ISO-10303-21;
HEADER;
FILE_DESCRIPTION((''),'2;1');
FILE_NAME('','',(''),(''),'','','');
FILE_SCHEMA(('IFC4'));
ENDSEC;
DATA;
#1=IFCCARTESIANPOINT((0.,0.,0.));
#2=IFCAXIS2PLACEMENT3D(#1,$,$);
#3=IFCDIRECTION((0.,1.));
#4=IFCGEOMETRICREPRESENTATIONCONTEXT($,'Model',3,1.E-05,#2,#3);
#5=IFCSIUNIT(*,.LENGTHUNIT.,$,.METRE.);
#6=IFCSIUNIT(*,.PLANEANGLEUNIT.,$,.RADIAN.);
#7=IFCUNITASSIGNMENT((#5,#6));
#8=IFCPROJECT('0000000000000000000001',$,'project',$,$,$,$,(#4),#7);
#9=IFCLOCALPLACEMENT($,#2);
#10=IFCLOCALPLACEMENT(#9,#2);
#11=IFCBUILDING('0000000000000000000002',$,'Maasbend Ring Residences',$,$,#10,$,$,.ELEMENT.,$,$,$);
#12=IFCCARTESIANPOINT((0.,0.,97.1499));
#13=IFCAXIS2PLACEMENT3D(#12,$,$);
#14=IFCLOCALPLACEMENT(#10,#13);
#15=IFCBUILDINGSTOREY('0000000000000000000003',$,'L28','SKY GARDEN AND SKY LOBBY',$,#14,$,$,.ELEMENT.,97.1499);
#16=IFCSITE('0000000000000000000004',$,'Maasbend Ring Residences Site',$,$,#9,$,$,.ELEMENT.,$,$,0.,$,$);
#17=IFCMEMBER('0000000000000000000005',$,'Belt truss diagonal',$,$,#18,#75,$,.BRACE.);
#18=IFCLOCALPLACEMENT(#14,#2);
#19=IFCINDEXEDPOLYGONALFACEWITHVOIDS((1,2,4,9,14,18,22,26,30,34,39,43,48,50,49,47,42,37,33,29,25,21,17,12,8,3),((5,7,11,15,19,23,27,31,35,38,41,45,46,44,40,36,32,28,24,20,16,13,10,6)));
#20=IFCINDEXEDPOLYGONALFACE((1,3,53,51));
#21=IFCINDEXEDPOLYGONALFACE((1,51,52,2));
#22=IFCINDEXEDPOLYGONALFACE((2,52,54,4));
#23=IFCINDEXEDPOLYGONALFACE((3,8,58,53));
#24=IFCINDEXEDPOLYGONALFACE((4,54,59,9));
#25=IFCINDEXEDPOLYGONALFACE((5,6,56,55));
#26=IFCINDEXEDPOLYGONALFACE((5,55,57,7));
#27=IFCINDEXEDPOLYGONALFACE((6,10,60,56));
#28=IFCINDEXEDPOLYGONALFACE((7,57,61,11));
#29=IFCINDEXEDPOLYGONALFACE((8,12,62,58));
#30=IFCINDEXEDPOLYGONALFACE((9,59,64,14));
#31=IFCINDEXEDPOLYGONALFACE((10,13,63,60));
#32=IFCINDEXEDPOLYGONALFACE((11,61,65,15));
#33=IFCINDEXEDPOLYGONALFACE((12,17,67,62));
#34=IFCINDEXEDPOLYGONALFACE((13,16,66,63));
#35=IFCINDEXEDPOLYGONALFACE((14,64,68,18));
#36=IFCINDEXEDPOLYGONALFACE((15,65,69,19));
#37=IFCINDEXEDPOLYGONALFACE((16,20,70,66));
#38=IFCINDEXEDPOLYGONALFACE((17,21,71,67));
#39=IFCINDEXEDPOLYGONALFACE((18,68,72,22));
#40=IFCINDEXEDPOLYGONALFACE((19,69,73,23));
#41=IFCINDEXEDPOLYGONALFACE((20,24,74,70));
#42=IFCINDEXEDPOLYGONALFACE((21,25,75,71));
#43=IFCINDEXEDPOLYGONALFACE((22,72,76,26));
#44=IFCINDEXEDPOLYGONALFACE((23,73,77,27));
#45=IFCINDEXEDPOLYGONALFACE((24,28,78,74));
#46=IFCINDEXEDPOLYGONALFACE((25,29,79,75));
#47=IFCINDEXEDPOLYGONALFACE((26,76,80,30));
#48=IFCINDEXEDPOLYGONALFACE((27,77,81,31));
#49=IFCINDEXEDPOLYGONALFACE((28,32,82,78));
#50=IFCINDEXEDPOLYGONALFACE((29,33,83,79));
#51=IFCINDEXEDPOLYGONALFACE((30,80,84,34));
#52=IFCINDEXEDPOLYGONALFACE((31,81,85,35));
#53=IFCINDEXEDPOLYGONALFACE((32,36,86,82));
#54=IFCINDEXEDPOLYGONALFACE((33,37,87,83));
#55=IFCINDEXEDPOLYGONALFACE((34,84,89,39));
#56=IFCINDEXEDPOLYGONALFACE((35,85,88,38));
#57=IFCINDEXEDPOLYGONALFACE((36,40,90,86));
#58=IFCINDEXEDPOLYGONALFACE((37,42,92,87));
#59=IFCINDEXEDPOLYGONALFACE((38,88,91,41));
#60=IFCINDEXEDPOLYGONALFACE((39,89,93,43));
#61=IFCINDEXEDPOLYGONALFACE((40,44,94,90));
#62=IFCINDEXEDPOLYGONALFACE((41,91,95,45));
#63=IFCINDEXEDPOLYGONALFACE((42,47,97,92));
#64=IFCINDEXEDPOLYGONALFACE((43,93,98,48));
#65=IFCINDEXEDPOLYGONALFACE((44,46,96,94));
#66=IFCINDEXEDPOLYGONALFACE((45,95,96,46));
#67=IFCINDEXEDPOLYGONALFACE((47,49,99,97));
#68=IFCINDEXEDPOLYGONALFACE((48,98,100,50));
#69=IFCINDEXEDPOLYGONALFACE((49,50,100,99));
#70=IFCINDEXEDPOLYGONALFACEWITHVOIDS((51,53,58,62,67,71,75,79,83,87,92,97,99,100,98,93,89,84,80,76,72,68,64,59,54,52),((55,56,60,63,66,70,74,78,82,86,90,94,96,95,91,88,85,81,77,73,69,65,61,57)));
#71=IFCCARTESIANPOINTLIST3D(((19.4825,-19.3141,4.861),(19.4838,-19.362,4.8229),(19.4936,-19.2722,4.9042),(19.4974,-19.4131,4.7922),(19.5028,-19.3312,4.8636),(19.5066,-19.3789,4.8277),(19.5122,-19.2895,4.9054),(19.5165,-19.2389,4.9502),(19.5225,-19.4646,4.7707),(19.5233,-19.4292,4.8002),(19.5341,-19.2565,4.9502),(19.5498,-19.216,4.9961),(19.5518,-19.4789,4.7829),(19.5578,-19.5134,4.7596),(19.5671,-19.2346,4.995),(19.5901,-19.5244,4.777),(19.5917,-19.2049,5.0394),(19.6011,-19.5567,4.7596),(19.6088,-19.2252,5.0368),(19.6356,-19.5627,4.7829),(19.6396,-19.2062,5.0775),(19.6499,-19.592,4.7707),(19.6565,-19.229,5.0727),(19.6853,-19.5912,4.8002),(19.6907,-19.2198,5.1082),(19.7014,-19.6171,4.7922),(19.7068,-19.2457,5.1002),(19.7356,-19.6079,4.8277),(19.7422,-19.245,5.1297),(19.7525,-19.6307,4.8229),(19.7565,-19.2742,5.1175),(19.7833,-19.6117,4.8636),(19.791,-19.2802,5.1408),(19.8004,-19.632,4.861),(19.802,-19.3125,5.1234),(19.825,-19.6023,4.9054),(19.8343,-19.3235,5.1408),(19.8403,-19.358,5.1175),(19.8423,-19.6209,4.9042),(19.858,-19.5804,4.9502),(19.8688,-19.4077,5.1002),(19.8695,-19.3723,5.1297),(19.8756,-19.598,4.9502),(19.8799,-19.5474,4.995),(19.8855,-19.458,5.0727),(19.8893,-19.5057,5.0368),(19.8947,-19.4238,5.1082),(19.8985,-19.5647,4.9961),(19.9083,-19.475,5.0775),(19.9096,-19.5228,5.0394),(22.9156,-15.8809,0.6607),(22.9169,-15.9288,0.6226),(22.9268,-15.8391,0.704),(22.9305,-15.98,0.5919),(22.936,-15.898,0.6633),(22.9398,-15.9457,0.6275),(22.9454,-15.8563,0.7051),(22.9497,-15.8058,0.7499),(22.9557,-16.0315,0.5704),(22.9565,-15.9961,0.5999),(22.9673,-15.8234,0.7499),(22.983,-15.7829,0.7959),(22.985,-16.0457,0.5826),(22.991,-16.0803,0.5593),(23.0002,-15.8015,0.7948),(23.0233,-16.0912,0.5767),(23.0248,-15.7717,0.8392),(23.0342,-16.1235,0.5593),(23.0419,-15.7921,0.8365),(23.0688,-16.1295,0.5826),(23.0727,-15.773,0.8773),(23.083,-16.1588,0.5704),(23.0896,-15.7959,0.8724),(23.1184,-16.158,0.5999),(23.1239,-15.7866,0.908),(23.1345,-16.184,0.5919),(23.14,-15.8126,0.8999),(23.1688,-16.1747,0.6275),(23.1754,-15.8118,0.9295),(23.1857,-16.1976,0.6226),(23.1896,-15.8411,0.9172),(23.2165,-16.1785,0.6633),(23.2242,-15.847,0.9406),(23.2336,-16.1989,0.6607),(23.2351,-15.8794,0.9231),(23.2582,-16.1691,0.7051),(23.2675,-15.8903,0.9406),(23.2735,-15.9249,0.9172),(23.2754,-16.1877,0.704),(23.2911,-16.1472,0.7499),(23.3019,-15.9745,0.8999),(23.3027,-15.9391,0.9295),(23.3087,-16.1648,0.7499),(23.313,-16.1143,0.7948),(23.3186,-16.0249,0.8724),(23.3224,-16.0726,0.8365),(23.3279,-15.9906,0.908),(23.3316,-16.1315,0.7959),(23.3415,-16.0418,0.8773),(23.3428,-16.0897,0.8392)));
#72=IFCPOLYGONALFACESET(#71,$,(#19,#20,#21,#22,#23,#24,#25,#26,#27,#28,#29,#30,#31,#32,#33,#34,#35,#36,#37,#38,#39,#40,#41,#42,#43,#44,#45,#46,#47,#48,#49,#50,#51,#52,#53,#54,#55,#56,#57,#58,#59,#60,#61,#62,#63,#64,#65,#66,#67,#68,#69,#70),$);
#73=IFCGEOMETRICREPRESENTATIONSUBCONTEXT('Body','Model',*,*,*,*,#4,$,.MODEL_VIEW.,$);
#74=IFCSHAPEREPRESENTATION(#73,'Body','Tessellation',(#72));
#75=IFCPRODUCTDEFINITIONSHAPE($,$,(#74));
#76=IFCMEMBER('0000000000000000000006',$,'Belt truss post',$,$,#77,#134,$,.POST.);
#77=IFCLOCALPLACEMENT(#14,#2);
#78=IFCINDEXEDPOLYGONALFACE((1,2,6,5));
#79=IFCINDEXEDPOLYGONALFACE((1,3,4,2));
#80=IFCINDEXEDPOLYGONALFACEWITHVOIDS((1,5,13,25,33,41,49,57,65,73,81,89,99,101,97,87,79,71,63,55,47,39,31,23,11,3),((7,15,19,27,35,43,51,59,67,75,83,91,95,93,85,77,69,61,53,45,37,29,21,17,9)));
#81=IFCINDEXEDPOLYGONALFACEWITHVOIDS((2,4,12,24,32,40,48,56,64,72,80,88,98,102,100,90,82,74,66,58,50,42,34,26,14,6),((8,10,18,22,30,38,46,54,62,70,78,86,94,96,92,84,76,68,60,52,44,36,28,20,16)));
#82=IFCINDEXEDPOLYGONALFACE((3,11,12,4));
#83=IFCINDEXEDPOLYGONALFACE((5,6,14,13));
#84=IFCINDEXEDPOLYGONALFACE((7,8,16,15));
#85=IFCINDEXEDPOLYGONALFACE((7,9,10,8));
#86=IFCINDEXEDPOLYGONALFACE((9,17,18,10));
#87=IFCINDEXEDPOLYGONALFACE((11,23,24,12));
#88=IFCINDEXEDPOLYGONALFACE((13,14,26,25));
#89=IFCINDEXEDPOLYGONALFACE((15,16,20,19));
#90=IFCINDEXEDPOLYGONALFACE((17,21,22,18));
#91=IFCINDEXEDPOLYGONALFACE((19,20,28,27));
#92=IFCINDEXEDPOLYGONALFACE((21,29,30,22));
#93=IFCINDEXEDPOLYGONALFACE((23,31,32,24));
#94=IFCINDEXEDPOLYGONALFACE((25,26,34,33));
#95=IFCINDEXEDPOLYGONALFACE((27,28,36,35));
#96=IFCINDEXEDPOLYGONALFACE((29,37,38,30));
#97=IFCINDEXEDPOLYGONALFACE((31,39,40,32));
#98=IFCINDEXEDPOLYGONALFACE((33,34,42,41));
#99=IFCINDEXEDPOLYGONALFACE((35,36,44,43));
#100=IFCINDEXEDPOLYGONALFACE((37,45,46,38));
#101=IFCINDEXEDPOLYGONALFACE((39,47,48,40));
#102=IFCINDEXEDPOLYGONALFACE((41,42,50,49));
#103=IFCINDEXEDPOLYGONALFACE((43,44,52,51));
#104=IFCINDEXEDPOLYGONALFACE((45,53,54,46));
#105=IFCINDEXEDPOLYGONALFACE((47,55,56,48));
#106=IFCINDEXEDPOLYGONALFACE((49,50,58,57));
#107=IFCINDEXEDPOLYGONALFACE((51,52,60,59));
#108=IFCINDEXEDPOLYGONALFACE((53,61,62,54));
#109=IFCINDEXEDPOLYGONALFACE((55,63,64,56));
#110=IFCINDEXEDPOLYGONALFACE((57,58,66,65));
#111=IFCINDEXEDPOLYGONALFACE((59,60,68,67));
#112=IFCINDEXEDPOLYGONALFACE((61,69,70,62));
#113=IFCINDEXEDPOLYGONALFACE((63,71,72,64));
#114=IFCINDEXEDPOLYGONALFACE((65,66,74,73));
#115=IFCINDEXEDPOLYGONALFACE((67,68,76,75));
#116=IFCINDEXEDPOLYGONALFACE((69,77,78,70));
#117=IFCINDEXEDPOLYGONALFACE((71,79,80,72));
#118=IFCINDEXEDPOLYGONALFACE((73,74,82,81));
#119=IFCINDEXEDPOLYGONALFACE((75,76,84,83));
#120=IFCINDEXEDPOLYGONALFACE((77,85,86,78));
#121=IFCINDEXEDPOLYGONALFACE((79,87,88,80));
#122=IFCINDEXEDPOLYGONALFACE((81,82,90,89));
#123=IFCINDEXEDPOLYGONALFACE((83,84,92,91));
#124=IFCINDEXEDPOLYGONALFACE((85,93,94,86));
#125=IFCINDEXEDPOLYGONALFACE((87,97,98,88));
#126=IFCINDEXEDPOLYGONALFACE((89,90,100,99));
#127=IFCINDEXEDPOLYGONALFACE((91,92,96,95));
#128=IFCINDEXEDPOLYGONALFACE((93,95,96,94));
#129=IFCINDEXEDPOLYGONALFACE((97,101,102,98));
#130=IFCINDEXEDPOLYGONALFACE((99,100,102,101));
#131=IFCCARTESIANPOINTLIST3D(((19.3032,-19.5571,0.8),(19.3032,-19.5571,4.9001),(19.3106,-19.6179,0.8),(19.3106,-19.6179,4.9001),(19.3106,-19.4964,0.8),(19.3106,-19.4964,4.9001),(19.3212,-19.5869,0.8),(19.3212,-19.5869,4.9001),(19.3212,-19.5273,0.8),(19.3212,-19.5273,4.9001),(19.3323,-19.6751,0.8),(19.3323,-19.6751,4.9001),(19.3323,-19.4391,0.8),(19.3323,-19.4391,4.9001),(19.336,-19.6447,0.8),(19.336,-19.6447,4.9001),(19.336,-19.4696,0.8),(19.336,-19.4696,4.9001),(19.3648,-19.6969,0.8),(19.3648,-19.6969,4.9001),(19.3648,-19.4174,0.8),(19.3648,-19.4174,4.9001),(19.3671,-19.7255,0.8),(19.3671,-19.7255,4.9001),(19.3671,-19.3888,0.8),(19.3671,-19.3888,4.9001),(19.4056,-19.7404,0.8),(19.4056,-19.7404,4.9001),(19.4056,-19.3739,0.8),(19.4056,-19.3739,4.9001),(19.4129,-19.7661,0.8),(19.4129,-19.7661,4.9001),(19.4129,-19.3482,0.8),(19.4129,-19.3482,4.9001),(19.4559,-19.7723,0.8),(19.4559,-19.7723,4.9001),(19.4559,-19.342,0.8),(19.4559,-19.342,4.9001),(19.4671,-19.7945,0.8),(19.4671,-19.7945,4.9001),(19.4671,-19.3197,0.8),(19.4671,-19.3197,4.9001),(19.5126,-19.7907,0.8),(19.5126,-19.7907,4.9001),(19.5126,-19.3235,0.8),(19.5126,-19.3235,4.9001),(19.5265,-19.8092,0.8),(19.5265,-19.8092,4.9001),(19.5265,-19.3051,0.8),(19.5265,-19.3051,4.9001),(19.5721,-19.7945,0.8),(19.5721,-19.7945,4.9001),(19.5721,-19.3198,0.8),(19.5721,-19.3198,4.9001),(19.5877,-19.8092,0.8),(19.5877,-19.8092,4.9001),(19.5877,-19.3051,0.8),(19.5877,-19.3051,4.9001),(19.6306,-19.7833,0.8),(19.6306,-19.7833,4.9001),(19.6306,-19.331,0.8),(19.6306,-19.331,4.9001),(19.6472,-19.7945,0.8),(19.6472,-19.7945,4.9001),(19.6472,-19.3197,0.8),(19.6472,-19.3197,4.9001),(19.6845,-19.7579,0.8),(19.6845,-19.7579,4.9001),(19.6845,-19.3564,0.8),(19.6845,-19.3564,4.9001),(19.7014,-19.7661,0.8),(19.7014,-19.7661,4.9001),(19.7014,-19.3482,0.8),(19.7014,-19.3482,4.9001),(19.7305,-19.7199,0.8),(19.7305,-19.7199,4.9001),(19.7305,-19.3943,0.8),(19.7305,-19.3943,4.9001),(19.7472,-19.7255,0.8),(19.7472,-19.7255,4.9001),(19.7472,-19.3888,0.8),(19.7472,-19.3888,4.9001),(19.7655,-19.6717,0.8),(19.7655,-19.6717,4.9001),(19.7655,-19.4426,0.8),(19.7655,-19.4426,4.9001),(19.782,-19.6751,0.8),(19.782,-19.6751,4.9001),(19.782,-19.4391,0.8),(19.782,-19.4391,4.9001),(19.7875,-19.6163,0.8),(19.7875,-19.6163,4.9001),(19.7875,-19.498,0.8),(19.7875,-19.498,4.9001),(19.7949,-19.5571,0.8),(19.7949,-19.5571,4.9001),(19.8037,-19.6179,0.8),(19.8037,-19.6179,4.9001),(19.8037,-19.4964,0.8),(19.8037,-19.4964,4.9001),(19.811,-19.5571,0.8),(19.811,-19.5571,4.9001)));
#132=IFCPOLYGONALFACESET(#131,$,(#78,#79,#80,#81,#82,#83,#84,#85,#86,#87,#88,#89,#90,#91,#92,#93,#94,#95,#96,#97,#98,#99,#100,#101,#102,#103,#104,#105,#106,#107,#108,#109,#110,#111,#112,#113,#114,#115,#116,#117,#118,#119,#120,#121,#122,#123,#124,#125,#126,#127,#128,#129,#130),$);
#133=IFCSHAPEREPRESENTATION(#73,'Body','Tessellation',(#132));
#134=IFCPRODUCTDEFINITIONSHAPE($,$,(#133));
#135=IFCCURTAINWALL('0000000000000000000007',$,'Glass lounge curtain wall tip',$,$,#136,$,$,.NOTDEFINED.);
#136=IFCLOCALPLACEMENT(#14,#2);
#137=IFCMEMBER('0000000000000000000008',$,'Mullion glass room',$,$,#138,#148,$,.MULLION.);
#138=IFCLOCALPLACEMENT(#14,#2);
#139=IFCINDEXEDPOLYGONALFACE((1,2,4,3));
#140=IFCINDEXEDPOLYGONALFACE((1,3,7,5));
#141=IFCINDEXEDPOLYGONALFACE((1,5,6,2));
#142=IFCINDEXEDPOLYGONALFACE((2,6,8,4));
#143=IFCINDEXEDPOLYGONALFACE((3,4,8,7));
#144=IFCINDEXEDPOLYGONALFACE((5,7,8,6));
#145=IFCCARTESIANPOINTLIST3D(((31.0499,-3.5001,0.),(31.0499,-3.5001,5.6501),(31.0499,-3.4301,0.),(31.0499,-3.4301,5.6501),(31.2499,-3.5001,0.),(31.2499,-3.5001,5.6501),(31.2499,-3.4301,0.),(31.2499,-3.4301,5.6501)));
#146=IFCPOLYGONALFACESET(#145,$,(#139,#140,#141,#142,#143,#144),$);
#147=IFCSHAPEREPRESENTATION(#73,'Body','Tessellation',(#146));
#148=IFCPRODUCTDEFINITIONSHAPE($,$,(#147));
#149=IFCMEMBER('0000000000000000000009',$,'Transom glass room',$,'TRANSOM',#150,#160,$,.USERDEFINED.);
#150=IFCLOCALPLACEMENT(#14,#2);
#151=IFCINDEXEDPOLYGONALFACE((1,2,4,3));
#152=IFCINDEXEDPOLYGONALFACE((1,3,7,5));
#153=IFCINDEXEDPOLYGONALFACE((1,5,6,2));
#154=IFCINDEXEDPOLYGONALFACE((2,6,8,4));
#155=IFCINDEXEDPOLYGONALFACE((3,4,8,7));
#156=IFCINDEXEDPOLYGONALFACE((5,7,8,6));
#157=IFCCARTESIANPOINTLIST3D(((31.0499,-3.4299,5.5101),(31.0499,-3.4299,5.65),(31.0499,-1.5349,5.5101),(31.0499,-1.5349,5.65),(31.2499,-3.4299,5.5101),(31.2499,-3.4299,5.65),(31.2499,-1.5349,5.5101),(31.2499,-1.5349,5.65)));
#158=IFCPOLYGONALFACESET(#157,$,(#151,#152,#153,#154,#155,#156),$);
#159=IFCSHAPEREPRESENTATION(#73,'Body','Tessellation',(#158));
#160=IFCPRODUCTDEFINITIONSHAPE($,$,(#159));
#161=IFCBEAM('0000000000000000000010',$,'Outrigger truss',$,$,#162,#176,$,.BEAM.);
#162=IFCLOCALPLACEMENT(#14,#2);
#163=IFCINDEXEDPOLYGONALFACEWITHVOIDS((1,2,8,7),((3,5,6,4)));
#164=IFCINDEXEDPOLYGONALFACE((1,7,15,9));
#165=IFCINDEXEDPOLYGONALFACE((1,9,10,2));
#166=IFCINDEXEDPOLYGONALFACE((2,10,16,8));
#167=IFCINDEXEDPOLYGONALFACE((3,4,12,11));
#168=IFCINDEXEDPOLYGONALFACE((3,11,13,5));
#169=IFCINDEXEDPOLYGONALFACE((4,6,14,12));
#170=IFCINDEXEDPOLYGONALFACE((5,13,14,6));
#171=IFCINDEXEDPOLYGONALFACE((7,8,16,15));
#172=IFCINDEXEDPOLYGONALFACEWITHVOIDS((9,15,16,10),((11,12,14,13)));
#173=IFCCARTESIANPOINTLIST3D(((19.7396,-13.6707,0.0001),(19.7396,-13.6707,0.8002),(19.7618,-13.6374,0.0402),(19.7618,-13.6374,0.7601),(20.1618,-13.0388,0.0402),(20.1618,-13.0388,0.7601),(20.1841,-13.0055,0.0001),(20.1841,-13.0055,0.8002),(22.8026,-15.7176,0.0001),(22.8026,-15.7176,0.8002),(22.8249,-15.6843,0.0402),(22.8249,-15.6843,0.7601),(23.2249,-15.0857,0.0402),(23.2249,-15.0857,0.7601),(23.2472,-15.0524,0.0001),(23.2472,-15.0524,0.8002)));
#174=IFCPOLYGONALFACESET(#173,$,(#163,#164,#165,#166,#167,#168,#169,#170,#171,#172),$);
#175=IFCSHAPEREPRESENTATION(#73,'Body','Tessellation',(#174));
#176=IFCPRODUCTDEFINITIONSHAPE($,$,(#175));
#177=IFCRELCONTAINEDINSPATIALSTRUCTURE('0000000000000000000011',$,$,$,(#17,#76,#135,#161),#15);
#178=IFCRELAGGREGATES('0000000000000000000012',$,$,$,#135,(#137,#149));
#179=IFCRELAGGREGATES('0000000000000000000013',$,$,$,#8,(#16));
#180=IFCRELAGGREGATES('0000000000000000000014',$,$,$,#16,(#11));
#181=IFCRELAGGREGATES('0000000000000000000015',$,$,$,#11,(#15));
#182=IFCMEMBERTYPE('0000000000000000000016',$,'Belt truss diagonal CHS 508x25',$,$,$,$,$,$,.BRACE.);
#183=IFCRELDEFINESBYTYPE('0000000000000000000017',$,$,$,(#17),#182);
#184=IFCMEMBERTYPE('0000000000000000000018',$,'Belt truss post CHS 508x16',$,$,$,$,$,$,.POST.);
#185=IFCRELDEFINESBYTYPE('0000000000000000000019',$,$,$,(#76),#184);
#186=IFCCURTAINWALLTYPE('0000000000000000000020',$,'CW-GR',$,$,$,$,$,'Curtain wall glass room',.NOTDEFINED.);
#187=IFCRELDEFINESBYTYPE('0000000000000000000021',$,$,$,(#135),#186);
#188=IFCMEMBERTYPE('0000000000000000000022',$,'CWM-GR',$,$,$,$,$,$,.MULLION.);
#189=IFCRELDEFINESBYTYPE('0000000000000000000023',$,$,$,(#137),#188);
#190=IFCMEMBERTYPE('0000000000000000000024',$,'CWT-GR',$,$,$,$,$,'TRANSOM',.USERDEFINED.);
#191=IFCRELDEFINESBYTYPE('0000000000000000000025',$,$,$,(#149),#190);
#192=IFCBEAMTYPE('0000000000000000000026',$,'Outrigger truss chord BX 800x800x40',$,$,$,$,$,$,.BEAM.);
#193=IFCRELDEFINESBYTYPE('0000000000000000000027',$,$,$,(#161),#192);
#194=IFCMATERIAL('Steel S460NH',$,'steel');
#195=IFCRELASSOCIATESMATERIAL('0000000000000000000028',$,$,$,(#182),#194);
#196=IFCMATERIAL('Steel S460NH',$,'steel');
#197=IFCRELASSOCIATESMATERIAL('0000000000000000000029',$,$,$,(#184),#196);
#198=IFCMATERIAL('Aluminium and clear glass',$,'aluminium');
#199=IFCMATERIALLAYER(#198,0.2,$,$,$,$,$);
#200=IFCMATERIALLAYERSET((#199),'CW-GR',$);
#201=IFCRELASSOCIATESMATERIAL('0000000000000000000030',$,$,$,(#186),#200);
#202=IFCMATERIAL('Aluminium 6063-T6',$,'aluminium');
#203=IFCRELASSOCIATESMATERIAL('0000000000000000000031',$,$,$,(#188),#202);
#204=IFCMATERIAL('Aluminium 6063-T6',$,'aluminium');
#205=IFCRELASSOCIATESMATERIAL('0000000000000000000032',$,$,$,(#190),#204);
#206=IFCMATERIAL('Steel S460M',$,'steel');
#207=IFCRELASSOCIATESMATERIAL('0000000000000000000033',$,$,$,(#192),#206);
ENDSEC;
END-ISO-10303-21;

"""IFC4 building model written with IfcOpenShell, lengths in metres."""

from ifc_helpers import new_model, si_unit, direction, frame, origin, origin_2d, place, context, subcontext, project, spatial, rectangle, hollow_rectangle, hollow_circle, extrude, material, layer, layer_set, material_profile, profile_set, type_object, element, aggregate, save


model = new_model("IFC4")

# Units and contexts
model_context = context("Model", 3, precision=1e-05, world=origin(), true_north=direction((0.0, 1.0)))
body_context = subcontext(model_context, "Body", "Model", "MODEL_VIEW")
ifc_project = project(units=[si_unit("LENGTHUNIT", "METRE"), si_unit("PLANEANGLEUNIT", "RADIAN")], contexts=[model_context])

# Site, building, storey
site_placement = place(None, origin())
site = spatial("IfcSite", under=ifc_project, at=site_placement, Name="Maasbend Ring Residences Site", CompositionType="ELEMENT", RefElevation=0.0)
building_placement = place(site_placement, origin())
building = spatial("IfcBuilding", under=site, at=building_placement, Name="Maasbend Ring Residences", CompositionType="ELEMENT")
storey_placement = place(building_placement, frame((0.0, 0.0, 97.1499)))
storey = spatial("IfcBuildingStorey", under=building, at=storey_placement, Name="L28", Description="SKY GARDEN AND SKY LOBBY", CompositionType="ELEMENT", Elevation=97.1499)

# Members
ifc_material_1 = material(Name="Steel S460NH", Category="steel")
ifc_material_profile_1 = material_profile(ifc_material_1, hollow_circle(Radius=0.2539, WallThickness=0.0249, at=origin_2d()), Name="Belt truss diagonal CHS 508x25")
ifc_profile_set_1 = profile_set([ifc_material_profile_1], Name="Steel S460NH")
member_type_1 = type_object("IfcMemberType", Name="Belt truss diagonal CHS 508x25", PredefinedType="BRACE", material=ifc_profile_set_1)
for number, where, z_axis, x_axis, name in (
    (1, (19.696, -19.4185, 4.9502), (0.534767, 0.534767, -0.654255), (-0.707107, 0.707107, 0.0), "Belt truss diagonal"),
):
    element("IfcMember", number, at=place(storey_placement, frame(where, z_axis=z_axis, x_axis=x_axis)), inside=storey, type_object=member_type_1, Name=name, PredefinedType="BRACE", context=body_context, shape_type="SweptSolid", body=[
        extrude(hollow_circle(Radius=0.2539, WallThickness=0.0249, at=origin_2d()), origin(), (0.0, 0.0, 1.0), 6.4199),
    ])
ifc_material_2 = material(Name="Steel S460NH", Category="steel")
ifc_material_profile_2 = material_profile(ifc_material_2, hollow_circle(Radius=0.2539, WallThickness=0.0161, at=origin_2d()), Name="Belt truss post CHS 508x16")
ifc_profile_set_2 = profile_set([ifc_material_profile_2], Name="Steel S460NH")
member_type_2 = type_object("IfcMemberType", Name="Belt truss post CHS 508x16", PredefinedType="POST", material=ifc_profile_set_2)
member_1_placement = place(storey_placement, frame((19.5571, -19.5571, 0.8), z_axis=(0.0, 0.0, 1.0), x_axis=(1.0, 0.0, 0.0)))
element("IfcMember", 2, at=member_1_placement, inside=storey, type_object=member_type_2, Name="Belt truss post", PredefinedType="POST", context=body_context, shape_type="SweptSolid", body=[
    extrude(hollow_circle(Radius=0.2539, WallThickness=0.0161, at=origin_2d()), origin(), (0.0, 0.0, 1.0), 4.1001),
])

# Curtain wall, members
ifc_material_3 = material(Name="Aluminium and clear glass", Category="aluminium")
ifc_layer_1 = layer(ifc_material_3, 0.2)
ifc_layer_set_1 = layer_set([ifc_layer_1], Name="CW-GR")
curtain_wall_type = type_object("IfcCurtainWallType", Name="CW-GR", ElementType="Curtain wall glass room", PredefinedType="NOTDEFINED", material=ifc_layer_set_1)
curtain_wall_placement = place(storey_placement, origin())
curtain_wall = element("IfcCurtainWall", 3, at=curtain_wall_placement, inside=storey, type_object=curtain_wall_type, Name="Glass lounge curtain wall tip", PredefinedType="NOTDEFINED")
ifc_material_4 = material(Name="Aluminium 6063-T6", Category="aluminium")
ifc_material_profile_3 = material_profile(ifc_material_4, rectangle(XDim=0.2, YDim=0.0701, at=origin_2d()), Name="AL 200x70")
ifc_profile_set_3 = profile_set([ifc_material_profile_3], Name="Aluminium 6063-T6")
member_type_3 = type_object("IfcMemberType", Name="CWM-GR", PredefinedType="MULLION", material=ifc_profile_set_3)
member_2_placement = place(storey_placement, frame((31.1499, -3.4651, 0.0), z_axis=(0.0, 0.0, 1.0), x_axis=(-1.0, 0.0, 0.0)))
member_2 = element("IfcMember", 4, at=member_2_placement, type_object=member_type_3, Name="Mullion glass room", PredefinedType="MULLION", context=body_context, shape_type="SweptSolid", body=[
    extrude(rectangle(XDim=0.2, YDim=0.0701, at=origin_2d()), origin(), (0.0, 0.0, 1.0), 5.6501),
])
ifc_material_5 = material(Name="Aluminium 6063-T6", Category="aluminium")
ifc_material_profile_4 = material_profile(ifc_material_5, rectangle(XDim=0.2, YDim=0.1399, at=origin_2d()), Name="AL 200x140")
ifc_profile_set_4 = profile_set([ifc_material_profile_4], Name="Aluminium 6063-T6")
member_type_4 = type_object("IfcMemberType", Name="CWT-GR", ElementType="TRANSOM", PredefinedType="USERDEFINED", material=ifc_profile_set_4)
member_3_placement = place(storey_placement, frame((31.1499, -3.4299, 5.5801), z_axis=(0.0, 1.0, 0.0), x_axis=(-1.0, 0.0, 0.0)))
member_3 = element("IfcMember", 5, at=member_3_placement, type_object=member_type_4, Name="Transom glass room", ObjectType="TRANSOM", PredefinedType="USERDEFINED", context=body_context, shape_type="SweptSolid", body=[
    extrude(rectangle(XDim=0.2, YDim=0.1399, at=origin_2d()), origin(), (0.0, 0.0, 1.0), 1.895),
])
aggregate(curtain_wall, [member_2, member_3])

# Beam
ifc_material_6 = material(Name="Steel S460M", Category="steel")
ifc_material_profile_5 = material_profile(ifc_material_6, hollow_rectangle(XDim=0.8, YDim=0.8, WallThickness=0.04, at=origin_2d()), Name="Outrigger truss chord BX 800x800x40")
ifc_profile_set_5 = profile_set([ifc_material_profile_5], Name="Steel S460M")
beam_type_1 = type_object("IfcBeamType", Name="Outrigger truss chord BX 800x800x40", PredefinedType="BEAM", material=ifc_profile_set_5)
beam_1_placement = place(storey_placement, frame((23.0249, -15.385, 0.4001), z_axis=(-0.831438, 0.555617, 0.0), x_axis=(-0.555617, -0.831438, 0.0)))
element("IfcBeam", 6, at=beam_1_placement, inside=storey, type_object=beam_type_1, Name="Outrigger truss", PredefinedType="BEAM", context=body_context, shape_type="SweptSolid", body=[
    extrude(hollow_rectangle(XDim=0.8, YDim=0.8, WallThickness=0.04, at=origin_2d()), origin(), (0.0, 0.0, 1.0), 3.6841),
])

save(model, "model.ifc")
